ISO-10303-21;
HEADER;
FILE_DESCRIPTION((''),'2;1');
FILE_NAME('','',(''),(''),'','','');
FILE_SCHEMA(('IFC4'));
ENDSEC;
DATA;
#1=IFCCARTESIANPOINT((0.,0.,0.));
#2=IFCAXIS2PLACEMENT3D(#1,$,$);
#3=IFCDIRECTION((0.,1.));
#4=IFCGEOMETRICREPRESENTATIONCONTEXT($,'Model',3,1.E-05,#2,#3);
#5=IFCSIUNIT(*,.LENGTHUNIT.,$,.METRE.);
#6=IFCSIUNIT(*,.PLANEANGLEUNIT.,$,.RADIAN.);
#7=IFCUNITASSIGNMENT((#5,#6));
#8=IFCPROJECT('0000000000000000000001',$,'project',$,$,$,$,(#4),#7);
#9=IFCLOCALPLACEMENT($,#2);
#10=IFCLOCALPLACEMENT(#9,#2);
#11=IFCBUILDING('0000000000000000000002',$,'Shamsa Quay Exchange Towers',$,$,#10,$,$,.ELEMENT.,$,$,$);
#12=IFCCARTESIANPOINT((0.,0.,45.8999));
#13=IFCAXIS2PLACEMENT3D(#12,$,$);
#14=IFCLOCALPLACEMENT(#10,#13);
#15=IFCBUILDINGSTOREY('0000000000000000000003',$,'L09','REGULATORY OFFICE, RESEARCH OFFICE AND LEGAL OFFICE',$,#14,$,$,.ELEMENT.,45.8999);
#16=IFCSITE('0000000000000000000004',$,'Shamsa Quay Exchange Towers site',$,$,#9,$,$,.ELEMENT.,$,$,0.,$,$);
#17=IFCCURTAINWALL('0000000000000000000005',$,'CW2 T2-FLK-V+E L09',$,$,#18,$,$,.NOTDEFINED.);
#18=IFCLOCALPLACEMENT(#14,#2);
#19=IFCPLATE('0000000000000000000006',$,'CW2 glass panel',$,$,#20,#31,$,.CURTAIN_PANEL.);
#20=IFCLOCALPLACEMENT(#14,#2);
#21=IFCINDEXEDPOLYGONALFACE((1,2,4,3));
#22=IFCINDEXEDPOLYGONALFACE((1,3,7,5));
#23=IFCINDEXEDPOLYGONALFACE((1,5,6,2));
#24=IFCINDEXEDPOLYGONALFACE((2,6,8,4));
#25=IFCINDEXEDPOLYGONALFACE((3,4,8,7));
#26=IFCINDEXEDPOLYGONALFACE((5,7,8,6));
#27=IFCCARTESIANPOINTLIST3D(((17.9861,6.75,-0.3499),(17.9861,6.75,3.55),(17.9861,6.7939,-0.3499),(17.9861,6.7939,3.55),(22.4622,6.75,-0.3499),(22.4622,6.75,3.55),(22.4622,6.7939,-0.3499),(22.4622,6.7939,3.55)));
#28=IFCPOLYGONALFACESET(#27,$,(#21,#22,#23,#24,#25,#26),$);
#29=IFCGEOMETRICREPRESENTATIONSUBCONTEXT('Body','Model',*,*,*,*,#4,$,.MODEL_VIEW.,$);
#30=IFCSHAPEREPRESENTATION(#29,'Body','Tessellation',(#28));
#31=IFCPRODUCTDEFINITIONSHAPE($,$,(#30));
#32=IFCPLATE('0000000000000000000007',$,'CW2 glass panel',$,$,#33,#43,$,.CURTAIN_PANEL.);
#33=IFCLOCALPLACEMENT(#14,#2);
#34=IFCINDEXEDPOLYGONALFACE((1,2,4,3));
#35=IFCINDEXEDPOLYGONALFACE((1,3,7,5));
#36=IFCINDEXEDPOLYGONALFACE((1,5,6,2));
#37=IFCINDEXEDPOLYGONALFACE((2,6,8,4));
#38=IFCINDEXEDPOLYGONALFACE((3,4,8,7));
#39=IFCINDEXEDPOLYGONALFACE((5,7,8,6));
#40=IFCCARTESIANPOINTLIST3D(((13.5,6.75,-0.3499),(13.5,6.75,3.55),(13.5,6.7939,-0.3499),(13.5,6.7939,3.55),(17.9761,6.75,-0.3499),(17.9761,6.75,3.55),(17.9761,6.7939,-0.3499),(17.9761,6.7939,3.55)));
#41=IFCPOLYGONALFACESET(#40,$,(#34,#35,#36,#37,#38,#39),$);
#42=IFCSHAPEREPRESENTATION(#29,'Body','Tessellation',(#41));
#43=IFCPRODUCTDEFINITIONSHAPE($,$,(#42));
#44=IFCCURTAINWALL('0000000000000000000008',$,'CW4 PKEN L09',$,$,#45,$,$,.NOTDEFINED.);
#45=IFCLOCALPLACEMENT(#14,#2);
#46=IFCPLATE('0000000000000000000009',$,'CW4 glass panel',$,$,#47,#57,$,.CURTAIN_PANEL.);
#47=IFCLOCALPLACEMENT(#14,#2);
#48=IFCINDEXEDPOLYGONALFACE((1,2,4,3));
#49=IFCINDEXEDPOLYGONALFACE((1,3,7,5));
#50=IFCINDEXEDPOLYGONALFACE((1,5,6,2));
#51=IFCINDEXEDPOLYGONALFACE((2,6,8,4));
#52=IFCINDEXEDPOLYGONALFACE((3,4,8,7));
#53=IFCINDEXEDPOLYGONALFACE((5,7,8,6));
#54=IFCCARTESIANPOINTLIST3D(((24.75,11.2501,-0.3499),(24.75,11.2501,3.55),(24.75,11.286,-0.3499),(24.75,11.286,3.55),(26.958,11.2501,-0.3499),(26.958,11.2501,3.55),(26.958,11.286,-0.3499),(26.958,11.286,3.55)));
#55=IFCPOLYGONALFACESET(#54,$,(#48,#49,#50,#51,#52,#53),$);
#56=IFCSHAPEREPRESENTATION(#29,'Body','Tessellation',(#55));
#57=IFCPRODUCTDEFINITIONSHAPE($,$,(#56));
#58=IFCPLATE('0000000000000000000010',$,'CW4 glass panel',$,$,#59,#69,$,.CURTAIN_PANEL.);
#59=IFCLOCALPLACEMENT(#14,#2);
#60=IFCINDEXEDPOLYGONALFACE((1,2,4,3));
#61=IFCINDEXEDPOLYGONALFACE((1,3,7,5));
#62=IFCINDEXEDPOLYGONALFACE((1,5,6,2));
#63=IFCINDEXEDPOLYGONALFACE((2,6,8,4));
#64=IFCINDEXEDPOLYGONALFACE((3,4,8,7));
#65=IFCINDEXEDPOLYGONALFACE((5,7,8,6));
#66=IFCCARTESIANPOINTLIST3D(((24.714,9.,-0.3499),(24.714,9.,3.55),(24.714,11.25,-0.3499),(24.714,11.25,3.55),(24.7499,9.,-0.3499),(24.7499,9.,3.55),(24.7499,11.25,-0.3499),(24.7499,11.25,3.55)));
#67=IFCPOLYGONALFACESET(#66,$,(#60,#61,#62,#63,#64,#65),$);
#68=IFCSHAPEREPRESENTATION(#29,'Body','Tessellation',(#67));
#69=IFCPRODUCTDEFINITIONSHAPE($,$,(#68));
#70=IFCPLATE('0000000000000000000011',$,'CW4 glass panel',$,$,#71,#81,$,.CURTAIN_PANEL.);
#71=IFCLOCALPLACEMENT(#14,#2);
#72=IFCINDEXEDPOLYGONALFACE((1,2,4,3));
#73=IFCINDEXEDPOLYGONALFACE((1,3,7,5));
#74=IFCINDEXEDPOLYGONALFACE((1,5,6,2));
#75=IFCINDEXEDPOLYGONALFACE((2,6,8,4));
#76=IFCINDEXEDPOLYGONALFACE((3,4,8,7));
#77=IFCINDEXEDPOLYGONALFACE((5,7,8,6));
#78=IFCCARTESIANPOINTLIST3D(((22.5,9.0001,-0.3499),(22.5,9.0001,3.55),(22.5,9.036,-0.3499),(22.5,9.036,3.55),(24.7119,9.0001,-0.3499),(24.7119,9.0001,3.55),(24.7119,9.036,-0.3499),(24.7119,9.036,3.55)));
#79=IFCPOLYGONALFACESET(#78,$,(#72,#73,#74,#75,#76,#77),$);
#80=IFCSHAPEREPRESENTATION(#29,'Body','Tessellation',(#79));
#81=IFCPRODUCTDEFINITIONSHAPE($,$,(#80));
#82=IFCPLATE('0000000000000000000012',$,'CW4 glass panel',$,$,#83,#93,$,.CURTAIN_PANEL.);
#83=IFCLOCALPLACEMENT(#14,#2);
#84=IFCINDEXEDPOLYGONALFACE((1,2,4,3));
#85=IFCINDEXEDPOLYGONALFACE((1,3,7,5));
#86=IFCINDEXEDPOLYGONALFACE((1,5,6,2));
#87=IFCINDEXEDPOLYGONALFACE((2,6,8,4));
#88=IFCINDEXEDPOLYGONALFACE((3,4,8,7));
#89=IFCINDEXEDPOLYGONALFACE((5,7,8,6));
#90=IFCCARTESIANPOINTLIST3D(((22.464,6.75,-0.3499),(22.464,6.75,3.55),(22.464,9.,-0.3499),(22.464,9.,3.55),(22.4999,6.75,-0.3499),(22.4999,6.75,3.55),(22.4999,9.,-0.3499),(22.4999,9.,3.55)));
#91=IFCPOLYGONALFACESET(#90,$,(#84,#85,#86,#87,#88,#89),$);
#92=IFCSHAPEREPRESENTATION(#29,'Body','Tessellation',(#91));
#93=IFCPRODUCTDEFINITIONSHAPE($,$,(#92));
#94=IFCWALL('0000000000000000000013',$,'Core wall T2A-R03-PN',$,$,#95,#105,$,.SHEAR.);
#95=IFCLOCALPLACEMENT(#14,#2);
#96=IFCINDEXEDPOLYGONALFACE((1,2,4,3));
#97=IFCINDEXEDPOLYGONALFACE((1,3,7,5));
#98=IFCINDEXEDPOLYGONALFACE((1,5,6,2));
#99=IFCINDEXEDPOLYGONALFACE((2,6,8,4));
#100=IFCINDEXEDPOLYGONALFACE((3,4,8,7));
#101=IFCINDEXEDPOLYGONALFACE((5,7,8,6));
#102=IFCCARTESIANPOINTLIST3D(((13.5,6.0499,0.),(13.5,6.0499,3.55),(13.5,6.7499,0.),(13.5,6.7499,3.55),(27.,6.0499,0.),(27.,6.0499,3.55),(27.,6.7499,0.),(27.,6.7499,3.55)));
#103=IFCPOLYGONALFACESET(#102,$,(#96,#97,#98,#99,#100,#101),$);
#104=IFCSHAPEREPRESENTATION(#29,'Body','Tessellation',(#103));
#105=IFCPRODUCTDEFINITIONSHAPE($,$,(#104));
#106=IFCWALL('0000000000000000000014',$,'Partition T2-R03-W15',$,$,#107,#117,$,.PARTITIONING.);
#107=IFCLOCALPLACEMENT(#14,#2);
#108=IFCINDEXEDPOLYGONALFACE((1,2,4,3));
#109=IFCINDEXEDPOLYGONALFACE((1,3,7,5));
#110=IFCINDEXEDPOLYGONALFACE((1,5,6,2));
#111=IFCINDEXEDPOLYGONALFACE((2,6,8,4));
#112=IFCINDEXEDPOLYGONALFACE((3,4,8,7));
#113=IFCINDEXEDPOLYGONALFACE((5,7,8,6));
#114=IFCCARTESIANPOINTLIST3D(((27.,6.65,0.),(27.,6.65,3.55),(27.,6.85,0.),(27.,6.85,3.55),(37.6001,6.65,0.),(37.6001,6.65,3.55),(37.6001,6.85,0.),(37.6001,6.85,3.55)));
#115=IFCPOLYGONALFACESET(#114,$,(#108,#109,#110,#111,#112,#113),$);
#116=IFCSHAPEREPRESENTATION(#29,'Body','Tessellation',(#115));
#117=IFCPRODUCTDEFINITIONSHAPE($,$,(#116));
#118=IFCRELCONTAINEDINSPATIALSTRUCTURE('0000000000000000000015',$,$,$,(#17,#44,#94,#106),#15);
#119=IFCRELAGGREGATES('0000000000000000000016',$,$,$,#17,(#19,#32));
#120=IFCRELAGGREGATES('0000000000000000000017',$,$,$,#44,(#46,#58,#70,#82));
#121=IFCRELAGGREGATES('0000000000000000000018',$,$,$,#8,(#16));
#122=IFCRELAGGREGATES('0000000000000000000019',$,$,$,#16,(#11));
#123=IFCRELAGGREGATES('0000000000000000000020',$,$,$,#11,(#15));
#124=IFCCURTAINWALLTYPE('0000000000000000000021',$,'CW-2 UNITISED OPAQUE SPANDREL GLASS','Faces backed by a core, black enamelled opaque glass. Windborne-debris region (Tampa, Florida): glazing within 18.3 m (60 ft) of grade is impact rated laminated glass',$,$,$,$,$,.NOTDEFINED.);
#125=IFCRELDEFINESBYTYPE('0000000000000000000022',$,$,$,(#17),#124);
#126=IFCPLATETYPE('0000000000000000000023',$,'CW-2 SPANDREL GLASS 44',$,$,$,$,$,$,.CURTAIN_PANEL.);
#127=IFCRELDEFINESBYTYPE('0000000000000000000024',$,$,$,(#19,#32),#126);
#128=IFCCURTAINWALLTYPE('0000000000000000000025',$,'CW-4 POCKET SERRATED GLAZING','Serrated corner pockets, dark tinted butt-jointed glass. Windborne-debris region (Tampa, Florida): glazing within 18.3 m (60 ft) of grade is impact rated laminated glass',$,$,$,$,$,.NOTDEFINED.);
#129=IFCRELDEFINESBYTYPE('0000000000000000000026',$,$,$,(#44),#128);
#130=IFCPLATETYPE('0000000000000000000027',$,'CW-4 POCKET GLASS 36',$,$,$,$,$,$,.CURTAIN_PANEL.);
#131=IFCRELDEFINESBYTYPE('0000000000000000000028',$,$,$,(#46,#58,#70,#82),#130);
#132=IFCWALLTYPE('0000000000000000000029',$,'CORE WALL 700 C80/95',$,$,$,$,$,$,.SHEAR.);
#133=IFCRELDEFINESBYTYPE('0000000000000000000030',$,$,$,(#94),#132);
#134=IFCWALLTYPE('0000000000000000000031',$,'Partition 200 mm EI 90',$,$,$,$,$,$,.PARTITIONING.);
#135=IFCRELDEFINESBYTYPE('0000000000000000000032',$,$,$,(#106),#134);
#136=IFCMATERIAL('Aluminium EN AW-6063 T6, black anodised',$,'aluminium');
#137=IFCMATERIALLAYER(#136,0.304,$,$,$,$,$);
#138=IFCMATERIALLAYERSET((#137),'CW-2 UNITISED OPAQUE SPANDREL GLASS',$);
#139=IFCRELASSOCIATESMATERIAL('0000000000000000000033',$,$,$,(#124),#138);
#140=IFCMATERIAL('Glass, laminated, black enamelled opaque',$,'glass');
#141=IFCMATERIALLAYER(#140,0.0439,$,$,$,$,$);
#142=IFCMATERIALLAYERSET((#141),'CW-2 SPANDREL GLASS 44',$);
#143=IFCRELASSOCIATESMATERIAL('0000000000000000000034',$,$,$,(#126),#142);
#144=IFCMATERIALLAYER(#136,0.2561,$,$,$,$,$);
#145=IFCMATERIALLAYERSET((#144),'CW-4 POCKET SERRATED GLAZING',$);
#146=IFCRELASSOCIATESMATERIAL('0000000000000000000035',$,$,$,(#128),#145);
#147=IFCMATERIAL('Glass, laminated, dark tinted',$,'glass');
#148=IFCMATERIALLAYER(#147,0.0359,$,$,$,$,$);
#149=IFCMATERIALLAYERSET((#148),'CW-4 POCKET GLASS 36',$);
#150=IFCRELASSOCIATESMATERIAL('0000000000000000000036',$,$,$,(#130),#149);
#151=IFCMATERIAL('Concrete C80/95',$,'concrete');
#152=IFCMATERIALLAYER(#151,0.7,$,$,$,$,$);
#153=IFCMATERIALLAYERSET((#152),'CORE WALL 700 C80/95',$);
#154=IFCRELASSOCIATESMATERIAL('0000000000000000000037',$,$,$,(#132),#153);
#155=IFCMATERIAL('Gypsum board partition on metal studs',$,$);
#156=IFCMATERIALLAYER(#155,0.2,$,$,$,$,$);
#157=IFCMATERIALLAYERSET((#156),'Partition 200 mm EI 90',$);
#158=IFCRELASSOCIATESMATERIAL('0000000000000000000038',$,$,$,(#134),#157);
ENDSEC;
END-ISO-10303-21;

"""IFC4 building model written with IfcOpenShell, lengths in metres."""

from ifc_helpers import new_model, si_unit, direction, frame, frame_2d, origin, origin_2d, place, context, subcontext, project, spatial, rectangle, extrude, material, layer, layer_set, type_object, element, aggregate, save


model = new_model("IFC4")

# Units and contexts
model_context = context("Model", 3, precision=1e-05, world=origin(), true_north=direction((0.0, 1.0)))
body_context = subcontext(model_context, "Body", "Model", "MODEL_VIEW")
ifc_project = project(units=[si_unit("LENGTHUNIT", "METRE"), si_unit("PLANEANGLEUNIT", "RADIAN")], contexts=[model_context])

# Site, building, storey
site_placement = place(None, origin())
site = spatial("IfcSite", under=ifc_project, at=site_placement, Name="Shamsa Quay Exchange Towers site", CompositionType="ELEMENT", RefElevation=0.0)
building_placement = place(site_placement, origin())
building = spatial("IfcBuilding", under=site, at=building_placement, Name="Shamsa Quay Exchange Towers", CompositionType="ELEMENT")
storey_placement = place(building_placement, frame((0.0, 0.0, 45.8999)))
storey = spatial("IfcBuildingStorey", under=building, at=storey_placement, Name="L09", Description="REGULATORY OFFICE, RESEARCH OFFICE AND LEGAL OFFICE", CompositionType="ELEMENT", Elevation=45.8999)

# Shared definitions
ifc_material_1 = material(Name="Aluminium EN AW-6063 T6, black anodised", Category="aluminium")

# Shared definitions
ifc_material_2 = material(Name="Glass, laminated, dark tinted", Category="glass")

# Curtain walls, plates
ifc_layer_1 = layer(ifc_material_1, 0.304)
ifc_layer_set_1 = layer_set([ifc_layer_1], Name="CW-2 UNITISED OPAQUE SPANDREL GLASS")
curtain_wall_type_1 = type_object("IfcCurtainWallType", Name="CW-2 UNITISED OPAQUE SPANDREL GLASS", Description="Faces backed by a core, black enamelled opaque glass. Windborne-debris region (Tampa, Florida): glazing within 18.3 m (60 ft) of grade is impact rated laminated glass", PredefinedType="NOTDEFINED", material=ifc_layer_set_1)
curtain_wall_1_placement = place(storey_placement, origin())
curtain_wall_1 = element("IfcCurtainWall", 1, at=curtain_wall_1_placement, inside=storey, type_object=curtain_wall_type_1, Name="CW2 T2-FLK-V+E L09", PredefinedType="NOTDEFINED")
ifc_material_3 = material(Name="Glass, laminated, black enamelled opaque", Category="glass")
ifc_layer_2 = layer(ifc_material_3, 0.0439)
ifc_layer_set_2 = layer_set([ifc_layer_2], Name="CW-2 SPANDREL GLASS 44")
plate_type_1 = type_object("IfcPlateType", Name="CW-2 SPANDREL GLASS 44", PredefinedType="CURTAIN_PANEL", material=ifc_layer_set_2)
plate_1_placement = place(storey_placement, frame((20.2241, 6.772, -0.3499), z_axis=(0.0, 0.0, 1.0), x_axis=(-1.0, 0.0, 0.0)))
plate_1 = element("IfcPlate", 2, at=plate_1_placement, type_object=plate_type_1, Name="CW2 glass panel", PredefinedType="CURTAIN_PANEL", context=body_context, shape_type="SweptSolid", body=[
    extrude(rectangle(XDim=4.4761, YDim=0.0439, at=origin_2d()), origin(), (0.0, 0.0, 1.0), 3.8999),
])
plate_2_placement = place(storey_placement, frame((15.738, 6.772, -0.3499), z_axis=(0.0, 0.0, 1.0), x_axis=(-1.0, 0.0, 0.0)))
plate_2 = element("IfcPlate", 3, at=plate_2_placement, type_object=plate_type_1, Name="CW2 glass panel", PredefinedType="CURTAIN_PANEL", context=body_context, shape_type="SweptSolid", body=[
    extrude(rectangle(XDim=4.4761, YDim=0.0439, at=origin_2d()), origin(), (0.0, 0.0, 1.0), 3.8999),
])
aggregate(curtain_wall_1, [plate_1, plate_2])
ifc_layer_3 = layer(ifc_material_1, 0.2561)
ifc_layer_set_3 = layer_set([ifc_layer_3], Name="CW-4 POCKET SERRATED GLAZING")
curtain_wall_type_2 = type_object("IfcCurtainWallType", Name="CW-4 POCKET SERRATED GLAZING", Description="Serrated corner pockets, dark tinted butt-jointed glass. Windborne-debris region (Tampa, Florida): glazing within 18.3 m (60 ft) of grade is impact rated laminated glass", PredefinedType="NOTDEFINED", material=ifc_layer_set_3)
curtain_wall_2_placement = place(storey_placement, origin())
curtain_wall_2 = element("IfcCurtainWall", 4, at=curtain_wall_2_placement, inside=storey, type_object=curtain_wall_type_2, Name="CW4 PKEN L09", PredefinedType="NOTDEFINED")
ifc_layer_4 = layer(ifc_material_2, 0.0359)
ifc_layer_set_4 = layer_set([ifc_layer_4], Name="CW-4 POCKET GLASS 36")
plate_type_2 = type_object("IfcPlateType", Name="CW-4 POCKET GLASS 36", PredefinedType="CURTAIN_PANEL", material=ifc_layer_set_4)
plate_3_placement = place(storey_placement, frame((25.854, 11.2681, -0.3499), z_axis=(0.0, 0.0, 1.0), x_axis=(-1.0, 0.0, 0.0)))
plate_3 = element("IfcPlate", 5, at=plate_3_placement, type_object=plate_type_2, Name="CW4 glass panel", PredefinedType="CURTAIN_PANEL", context=body_context, shape_type="SweptSolid", body=[
    extrude(rectangle(XDim=2.208, YDim=0.0359, at=origin_2d()), origin(), (0.0, 0.0, 1.0), 3.8999),
])
plate_4_placement = place(storey_placement, frame((24.7319, 10.125, -0.3499), z_axis=(0.0, 0.0, 1.0), x_axis=(0.0, -1.0, 0.0)))
plate_4 = element("IfcPlate", 6, at=plate_4_placement, type_object=plate_type_2, Name="CW4 glass panel", PredefinedType="CURTAIN_PANEL", context=body_context, shape_type="SweptSolid", body=[
    extrude(rectangle(XDim=2.25, YDim=0.0359, at=origin_2d()), origin(), (0.0, 0.0, 1.0), 3.8999),
])
plate_5_placement = place(storey_placement, frame((23.606, 9.0181, -0.3499), z_axis=(0.0, 0.0, 1.0), x_axis=(-1.0, 0.0, 0.0)))
plate_5 = element("IfcPlate", 7, at=plate_5_placement, type_object=plate_type_2, Name="CW4 glass panel", PredefinedType="CURTAIN_PANEL", context=body_context, shape_type="SweptSolid", body=[
    extrude(rectangle(XDim=2.2119, YDim=0.0359, at=origin_2d()), origin(), (0.0, 0.0, 1.0), 3.8999),
])
plate_6_placement = place(storey_placement, frame((22.4819, 7.875, -0.3499), z_axis=(0.0, 0.0, 1.0), x_axis=(0.0, -1.0, 0.0)))
plate_6 = element("IfcPlate", 8, at=plate_6_placement, type_object=plate_type_2, Name="CW4 glass panel", PredefinedType="CURTAIN_PANEL", context=body_context, shape_type="SweptSolid", body=[
    extrude(rectangle(XDim=2.25, YDim=0.0359, at=origin_2d()), origin(), (0.0, 0.0, 1.0), 3.8999),
])
aggregate(curtain_wall_2, [plate_3, plate_4, plate_5, plate_6])

# Wall
ifc_material_4 = material(Name="Concrete C80/95", Category="concrete")
ifc_layer_5 = layer(ifc_material_4, 0.7)
ifc_layer_set_5 = layer_set([ifc_layer_5], Name="CORE WALL 700 C80/95")
wall_type_1 = type_object("IfcWallType", Name="CORE WALL 700 C80/95", PredefinedType="SHEAR", material=ifc_layer_set_5)
wall_1_placement = place(storey_placement, frame((13.5, 6.3999, 0.0)))
element("IfcWall", 9, at=wall_1_placement, inside=storey, type_object=wall_type_1, Name="Core wall T2A-R03-PN", PredefinedType="SHEAR", context=body_context, shape_type="SweptSolid", body=[
    extrude(rectangle(XDim=13.5, YDim=0.7, at=frame_2d((6.75, 0.0))), origin(), (0.0, 0.0, 1.0), 3.55),
])

# Wall
ifc_material_5 = material(Name="Gypsum board partition on metal studs")
ifc_layer_6 = layer(ifc_material_5, 0.2)
ifc_layer_set_6 = layer_set([ifc_layer_6], Name="Partition 200 mm EI 90")
wall_type_2 = type_object("IfcWallType", Name="Partition 200 mm EI 90", PredefinedType="PARTITIONING", material=ifc_layer_set_6)
wall_2_placement = place(storey_placement, frame((27.0, 6.75, 0.0)))
element("IfcWall", 10, at=wall_2_placement, inside=storey, type_object=wall_type_2, Name="Partition T2-R03-W15", PredefinedType="PARTITIONING", context=body_context, shape_type="SweptSolid", body=[
    extrude(rectangle(XDim=10.6001, YDim=0.2, at=frame_2d((5.3, 0.0))), origin(), (0.0, 0.0, 1.0), 3.55),
])

save(model, "model.ifc")
